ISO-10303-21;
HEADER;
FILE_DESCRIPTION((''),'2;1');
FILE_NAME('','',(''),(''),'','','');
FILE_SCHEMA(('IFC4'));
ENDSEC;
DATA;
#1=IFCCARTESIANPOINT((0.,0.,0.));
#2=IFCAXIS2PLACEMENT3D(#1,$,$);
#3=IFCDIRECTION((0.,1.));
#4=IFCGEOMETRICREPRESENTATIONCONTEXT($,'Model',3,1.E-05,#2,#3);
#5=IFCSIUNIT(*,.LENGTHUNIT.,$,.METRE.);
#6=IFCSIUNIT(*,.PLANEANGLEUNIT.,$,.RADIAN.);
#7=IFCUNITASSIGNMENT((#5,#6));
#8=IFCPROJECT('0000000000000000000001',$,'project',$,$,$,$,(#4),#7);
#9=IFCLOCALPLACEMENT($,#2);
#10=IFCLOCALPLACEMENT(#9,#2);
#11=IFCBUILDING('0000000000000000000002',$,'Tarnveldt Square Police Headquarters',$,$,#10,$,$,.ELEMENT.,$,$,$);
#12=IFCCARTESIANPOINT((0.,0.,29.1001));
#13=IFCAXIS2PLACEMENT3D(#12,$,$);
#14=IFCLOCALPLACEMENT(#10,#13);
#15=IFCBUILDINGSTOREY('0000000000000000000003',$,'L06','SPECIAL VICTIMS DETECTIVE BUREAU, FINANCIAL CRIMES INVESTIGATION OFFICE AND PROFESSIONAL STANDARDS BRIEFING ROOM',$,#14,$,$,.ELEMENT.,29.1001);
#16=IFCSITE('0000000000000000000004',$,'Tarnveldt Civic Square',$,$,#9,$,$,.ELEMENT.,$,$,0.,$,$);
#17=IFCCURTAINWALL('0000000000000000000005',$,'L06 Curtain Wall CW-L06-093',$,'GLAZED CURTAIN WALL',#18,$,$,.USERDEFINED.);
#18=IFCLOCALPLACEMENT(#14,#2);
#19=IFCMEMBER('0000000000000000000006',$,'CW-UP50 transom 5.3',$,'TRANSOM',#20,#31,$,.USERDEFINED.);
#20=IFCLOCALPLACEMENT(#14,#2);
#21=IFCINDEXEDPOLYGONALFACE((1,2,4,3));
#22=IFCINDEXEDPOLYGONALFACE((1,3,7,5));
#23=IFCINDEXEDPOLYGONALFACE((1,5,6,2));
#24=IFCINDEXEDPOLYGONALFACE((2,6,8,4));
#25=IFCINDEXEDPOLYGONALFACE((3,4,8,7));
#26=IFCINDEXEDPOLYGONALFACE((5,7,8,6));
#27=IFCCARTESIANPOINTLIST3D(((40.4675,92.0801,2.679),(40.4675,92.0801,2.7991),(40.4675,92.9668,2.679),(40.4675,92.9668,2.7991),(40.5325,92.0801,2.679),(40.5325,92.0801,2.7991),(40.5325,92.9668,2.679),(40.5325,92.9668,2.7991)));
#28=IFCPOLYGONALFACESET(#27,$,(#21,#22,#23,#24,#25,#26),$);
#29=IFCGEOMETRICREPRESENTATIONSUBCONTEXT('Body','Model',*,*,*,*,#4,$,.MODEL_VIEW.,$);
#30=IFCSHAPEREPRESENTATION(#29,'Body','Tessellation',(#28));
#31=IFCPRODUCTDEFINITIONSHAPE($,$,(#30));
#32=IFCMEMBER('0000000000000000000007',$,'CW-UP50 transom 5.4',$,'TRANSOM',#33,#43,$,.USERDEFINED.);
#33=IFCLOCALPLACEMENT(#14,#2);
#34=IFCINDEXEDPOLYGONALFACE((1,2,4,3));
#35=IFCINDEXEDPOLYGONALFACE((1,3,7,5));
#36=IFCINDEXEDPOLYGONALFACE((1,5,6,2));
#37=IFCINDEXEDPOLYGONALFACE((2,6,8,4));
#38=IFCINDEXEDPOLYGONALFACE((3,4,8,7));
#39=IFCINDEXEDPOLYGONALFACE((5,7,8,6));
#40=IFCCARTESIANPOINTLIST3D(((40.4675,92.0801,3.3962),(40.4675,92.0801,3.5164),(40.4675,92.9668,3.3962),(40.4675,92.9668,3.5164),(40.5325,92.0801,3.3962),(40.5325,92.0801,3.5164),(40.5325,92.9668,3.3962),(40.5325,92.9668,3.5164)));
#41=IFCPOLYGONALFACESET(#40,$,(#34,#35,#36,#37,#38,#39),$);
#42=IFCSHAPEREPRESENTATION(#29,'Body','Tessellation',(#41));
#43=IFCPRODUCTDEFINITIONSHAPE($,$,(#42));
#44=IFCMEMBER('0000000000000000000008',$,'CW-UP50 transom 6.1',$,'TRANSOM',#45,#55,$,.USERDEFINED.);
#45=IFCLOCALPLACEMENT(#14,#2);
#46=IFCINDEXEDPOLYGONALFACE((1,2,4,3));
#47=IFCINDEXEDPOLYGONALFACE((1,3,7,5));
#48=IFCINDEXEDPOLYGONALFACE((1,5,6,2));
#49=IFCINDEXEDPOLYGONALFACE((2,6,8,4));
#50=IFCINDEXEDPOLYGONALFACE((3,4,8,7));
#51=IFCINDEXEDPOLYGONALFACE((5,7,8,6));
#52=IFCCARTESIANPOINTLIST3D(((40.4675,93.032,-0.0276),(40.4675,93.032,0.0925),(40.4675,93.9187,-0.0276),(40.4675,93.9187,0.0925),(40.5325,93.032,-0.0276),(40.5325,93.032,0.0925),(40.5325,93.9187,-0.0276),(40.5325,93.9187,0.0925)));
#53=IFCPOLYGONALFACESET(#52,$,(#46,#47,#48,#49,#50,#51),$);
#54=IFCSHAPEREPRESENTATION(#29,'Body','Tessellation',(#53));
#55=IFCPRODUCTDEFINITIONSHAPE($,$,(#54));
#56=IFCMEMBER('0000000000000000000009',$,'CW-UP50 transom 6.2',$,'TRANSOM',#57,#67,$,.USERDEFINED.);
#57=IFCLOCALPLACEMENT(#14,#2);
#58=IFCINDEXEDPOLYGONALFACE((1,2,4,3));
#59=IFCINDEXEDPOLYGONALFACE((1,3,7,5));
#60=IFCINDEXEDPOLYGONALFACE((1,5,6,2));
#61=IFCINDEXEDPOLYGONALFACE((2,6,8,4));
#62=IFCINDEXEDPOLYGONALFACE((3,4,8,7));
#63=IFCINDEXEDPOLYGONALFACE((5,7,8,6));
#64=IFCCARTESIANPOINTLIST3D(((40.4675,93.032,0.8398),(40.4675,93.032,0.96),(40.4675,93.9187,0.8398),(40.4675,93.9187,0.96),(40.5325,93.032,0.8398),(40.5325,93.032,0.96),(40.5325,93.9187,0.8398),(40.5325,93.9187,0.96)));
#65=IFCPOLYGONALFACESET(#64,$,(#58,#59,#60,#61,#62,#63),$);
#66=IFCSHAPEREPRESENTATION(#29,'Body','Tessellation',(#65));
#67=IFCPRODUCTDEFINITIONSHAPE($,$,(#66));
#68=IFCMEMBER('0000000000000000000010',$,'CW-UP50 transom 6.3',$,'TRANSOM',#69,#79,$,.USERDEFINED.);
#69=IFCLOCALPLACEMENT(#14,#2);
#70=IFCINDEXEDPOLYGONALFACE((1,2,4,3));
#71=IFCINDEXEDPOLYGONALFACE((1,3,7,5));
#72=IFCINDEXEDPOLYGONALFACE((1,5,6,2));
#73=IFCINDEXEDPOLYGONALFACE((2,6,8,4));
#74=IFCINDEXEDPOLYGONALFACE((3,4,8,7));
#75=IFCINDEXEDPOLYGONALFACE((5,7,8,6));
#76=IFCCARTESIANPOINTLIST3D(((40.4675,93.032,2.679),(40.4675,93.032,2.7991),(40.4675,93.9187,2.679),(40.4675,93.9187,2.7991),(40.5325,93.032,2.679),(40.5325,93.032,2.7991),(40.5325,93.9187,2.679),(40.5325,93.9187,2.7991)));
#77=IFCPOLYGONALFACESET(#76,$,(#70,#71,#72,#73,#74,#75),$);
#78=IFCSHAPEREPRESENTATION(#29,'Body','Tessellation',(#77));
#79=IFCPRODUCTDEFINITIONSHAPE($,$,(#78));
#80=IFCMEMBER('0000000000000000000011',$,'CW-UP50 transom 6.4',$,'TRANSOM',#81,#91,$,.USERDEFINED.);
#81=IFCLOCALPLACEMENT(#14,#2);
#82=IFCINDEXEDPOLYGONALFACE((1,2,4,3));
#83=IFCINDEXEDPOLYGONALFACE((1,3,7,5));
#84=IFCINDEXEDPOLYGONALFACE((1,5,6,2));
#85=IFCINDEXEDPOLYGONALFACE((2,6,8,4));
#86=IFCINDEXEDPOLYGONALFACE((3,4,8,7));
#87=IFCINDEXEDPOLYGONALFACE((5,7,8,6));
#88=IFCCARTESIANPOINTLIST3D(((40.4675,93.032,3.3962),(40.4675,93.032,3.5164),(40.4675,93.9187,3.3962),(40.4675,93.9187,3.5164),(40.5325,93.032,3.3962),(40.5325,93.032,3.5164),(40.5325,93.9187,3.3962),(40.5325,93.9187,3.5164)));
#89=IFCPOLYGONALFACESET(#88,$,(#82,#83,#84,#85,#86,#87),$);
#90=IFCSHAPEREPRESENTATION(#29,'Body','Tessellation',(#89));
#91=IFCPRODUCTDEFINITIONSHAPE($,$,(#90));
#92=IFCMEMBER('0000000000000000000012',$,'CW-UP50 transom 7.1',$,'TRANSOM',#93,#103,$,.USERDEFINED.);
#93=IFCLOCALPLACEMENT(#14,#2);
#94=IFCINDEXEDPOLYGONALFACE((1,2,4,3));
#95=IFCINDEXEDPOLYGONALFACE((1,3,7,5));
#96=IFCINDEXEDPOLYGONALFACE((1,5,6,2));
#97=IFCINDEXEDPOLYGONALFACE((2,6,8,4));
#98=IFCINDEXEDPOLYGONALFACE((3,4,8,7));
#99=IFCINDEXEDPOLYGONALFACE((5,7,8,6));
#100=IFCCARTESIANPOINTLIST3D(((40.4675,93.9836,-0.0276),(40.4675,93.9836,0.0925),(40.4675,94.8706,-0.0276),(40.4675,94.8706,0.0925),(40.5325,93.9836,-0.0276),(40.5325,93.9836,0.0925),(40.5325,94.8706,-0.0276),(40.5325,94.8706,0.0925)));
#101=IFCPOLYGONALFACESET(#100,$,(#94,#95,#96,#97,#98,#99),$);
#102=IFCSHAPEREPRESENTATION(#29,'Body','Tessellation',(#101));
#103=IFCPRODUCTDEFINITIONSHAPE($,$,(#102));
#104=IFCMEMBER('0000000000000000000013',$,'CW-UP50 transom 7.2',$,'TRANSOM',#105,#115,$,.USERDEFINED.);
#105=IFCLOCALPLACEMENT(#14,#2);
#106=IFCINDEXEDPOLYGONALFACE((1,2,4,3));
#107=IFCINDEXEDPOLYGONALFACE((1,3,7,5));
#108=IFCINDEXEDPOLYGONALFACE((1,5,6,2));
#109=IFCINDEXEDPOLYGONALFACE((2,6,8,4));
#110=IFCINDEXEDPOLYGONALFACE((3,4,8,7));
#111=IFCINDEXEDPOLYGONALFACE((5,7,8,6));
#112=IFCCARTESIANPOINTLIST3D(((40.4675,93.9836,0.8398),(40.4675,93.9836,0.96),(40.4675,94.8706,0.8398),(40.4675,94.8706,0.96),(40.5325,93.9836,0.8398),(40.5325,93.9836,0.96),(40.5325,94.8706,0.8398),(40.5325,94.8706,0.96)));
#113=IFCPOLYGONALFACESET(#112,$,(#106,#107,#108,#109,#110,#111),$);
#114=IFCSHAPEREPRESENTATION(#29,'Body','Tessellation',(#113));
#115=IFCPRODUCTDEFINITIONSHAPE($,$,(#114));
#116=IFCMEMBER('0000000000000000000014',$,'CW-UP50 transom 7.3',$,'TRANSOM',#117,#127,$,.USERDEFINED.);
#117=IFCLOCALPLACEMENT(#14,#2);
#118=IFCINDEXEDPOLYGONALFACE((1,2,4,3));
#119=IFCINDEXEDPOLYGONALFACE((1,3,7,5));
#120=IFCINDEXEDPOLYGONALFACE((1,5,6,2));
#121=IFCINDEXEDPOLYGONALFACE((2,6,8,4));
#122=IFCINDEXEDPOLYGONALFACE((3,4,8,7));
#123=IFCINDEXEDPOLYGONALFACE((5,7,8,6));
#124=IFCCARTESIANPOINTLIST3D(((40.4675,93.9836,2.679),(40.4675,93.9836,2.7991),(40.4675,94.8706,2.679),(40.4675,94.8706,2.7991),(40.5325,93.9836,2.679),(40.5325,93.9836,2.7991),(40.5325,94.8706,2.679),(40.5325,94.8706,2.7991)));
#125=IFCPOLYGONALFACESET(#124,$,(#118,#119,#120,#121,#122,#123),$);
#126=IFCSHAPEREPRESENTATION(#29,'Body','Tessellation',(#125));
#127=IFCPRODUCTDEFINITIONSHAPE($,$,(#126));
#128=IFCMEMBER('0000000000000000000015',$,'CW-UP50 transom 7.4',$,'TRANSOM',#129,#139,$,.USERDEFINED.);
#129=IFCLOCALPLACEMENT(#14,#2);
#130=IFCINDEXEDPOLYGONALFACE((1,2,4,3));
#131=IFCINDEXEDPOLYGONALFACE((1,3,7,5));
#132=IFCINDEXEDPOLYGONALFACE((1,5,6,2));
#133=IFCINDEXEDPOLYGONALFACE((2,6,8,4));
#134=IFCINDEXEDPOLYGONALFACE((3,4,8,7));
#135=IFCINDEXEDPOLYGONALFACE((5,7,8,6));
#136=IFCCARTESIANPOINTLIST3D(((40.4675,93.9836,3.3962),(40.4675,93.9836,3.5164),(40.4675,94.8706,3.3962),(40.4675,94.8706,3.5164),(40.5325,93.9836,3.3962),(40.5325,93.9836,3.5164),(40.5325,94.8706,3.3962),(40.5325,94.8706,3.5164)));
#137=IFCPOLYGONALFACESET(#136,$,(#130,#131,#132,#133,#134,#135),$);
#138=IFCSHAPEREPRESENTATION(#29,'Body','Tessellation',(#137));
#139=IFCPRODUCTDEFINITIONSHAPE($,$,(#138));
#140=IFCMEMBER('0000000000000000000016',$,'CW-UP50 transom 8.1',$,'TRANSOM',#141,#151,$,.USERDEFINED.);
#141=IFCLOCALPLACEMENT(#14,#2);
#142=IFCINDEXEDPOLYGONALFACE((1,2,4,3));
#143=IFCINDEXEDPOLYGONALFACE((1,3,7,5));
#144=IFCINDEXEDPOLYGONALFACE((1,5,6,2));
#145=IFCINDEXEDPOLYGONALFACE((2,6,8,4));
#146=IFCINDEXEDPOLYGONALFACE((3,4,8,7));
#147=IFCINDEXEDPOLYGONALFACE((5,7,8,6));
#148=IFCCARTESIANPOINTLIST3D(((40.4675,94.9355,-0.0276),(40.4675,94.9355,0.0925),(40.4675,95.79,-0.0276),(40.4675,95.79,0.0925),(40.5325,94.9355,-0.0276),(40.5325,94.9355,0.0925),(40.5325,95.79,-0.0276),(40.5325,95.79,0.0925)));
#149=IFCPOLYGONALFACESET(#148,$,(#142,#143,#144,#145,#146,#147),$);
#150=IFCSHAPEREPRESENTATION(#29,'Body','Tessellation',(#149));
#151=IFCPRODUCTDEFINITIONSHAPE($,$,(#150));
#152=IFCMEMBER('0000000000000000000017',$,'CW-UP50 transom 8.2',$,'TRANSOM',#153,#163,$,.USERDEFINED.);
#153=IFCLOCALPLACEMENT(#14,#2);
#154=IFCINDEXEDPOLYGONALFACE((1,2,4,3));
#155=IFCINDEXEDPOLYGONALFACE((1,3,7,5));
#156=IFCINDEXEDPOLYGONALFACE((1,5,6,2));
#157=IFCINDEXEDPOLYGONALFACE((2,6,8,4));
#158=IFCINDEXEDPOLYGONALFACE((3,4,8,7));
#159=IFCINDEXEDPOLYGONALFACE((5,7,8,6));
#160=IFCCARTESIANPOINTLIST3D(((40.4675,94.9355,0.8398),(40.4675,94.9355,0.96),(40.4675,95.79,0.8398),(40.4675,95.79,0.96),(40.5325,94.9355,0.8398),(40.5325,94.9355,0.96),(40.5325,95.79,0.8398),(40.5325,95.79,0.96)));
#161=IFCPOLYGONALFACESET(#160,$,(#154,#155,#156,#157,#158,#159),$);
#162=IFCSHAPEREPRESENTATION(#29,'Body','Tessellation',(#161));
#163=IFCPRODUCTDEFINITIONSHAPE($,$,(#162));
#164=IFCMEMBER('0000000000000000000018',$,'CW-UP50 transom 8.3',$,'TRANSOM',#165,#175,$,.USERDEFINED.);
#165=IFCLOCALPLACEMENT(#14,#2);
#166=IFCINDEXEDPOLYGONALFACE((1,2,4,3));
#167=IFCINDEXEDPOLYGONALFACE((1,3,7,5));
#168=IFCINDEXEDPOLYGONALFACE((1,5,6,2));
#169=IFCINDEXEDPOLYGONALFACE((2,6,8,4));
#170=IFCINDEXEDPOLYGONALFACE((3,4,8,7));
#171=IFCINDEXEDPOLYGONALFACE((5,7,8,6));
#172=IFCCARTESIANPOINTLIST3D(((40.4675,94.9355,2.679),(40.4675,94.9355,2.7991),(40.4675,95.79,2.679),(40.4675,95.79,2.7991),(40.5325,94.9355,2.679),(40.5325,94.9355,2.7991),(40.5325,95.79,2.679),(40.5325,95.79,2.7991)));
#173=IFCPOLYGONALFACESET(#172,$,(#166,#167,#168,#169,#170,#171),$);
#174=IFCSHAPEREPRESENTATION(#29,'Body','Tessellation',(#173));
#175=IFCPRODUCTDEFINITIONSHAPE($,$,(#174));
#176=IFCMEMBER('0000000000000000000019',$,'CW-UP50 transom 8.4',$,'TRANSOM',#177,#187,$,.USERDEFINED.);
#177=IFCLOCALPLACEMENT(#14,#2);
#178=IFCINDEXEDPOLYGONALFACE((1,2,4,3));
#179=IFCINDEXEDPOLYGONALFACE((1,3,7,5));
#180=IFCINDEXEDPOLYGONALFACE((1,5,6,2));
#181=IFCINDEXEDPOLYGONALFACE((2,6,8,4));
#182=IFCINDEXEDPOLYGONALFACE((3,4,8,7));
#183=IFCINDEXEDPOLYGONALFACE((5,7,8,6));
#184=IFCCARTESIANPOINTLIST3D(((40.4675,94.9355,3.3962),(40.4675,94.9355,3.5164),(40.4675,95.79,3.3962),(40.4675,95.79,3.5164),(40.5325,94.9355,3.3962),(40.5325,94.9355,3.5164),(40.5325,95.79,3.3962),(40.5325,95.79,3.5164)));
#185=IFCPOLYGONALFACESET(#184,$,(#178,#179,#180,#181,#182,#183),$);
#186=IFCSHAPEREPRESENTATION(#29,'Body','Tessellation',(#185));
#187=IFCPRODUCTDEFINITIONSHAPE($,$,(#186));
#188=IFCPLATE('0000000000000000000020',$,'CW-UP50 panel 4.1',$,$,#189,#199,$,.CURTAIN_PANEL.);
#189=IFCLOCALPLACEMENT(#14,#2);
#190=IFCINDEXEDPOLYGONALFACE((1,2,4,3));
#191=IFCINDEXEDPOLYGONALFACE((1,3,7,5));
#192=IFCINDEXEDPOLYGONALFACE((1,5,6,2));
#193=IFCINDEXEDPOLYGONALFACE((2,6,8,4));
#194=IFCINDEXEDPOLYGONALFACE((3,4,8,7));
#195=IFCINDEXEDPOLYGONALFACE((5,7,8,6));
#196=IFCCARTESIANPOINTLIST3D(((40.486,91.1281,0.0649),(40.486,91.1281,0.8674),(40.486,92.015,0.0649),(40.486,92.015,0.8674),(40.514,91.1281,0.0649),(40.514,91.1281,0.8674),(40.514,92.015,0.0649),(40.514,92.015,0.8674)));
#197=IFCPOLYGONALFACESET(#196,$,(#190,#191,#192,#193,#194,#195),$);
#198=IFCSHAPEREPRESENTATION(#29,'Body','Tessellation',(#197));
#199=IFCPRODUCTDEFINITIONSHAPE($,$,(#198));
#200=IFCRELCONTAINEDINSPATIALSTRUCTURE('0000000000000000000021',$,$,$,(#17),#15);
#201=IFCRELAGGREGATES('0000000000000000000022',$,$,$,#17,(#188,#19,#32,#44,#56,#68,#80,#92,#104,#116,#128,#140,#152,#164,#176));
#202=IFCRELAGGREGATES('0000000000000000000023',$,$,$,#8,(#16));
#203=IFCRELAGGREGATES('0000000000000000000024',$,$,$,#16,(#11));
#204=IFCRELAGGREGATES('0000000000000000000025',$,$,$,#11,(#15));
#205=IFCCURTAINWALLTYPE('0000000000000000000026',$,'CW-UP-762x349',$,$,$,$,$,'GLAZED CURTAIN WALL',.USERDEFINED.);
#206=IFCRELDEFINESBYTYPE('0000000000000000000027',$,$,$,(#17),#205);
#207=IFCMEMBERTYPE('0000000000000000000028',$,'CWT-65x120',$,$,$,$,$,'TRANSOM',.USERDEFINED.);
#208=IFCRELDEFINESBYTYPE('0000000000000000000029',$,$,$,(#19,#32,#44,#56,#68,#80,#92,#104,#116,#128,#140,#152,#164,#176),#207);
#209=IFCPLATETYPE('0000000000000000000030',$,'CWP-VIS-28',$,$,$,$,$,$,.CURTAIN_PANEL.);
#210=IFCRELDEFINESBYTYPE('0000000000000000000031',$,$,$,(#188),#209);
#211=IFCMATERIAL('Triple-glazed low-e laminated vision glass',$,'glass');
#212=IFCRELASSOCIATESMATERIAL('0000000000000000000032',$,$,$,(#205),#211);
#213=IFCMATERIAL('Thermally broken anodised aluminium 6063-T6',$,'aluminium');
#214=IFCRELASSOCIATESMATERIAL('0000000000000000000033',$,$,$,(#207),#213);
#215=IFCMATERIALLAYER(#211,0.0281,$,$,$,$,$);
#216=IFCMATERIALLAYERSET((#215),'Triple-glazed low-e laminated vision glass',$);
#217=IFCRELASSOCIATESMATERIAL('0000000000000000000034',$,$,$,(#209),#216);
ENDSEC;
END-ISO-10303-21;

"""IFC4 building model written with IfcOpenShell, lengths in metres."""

from ifc_helpers import new_model, si_unit, direction, frame, origin, origin_2d, place, context, subcontext, project, spatial, rectangle, extrude, material, layer, layer_set, material_profile, profile_set, type_object, element, aggregate, save


model = new_model("IFC4")

# Units and contexts
model_context = context("Model", 3, precision=1e-05, world=origin(), true_north=direction((0.0, 1.0)))
body_context = subcontext(model_context, "Body", "Model", "MODEL_VIEW")
ifc_project = project(units=[si_unit("LENGTHUNIT", "METRE"), si_unit("PLANEANGLEUNIT", "RADIAN")], contexts=[model_context])

# Site, building, storey
site_placement = place(None, origin())
site = spatial("IfcSite", under=ifc_project, at=site_placement, Name="Tarnveldt Civic Square", CompositionType="ELEMENT", RefElevation=0.0)
building_placement = place(site_placement, origin())
building = spatial("IfcBuilding", under=site, at=building_placement, Name="Tarnveldt Square Police Headquarters", CompositionType="ELEMENT")
storey_placement = place(building_placement, frame((0.0, 0.0, 29.1001)))
storey = spatial("IfcBuildingStorey", under=building, at=storey_placement, Name="L06", Description="SPECIAL VICTIMS DETECTIVE BUREAU, FINANCIAL CRIMES INVESTIGATION OFFICE AND PROFESSIONAL STANDARDS BRIEFING ROOM", CompositionType="ELEMENT", Elevation=29.1001)

# Curtain wall, members, plate
ifc_material_1 = material(Name="Triple-glazed low-e laminated vision glass", Category="glass")
curtain_wall_type = type_object("IfcCurtainWallType", Name="CW-UP-762x349", ElementType="GLAZED CURTAIN WALL", PredefinedType="USERDEFINED", material=ifc_material_1)
curtain_wall_placement = place(storey_placement, origin())
curtain_wall = element("IfcCurtainWall", 1, at=curtain_wall_placement, inside=storey, type_object=curtain_wall_type, Name="L06 Curtain Wall CW-L06-093", ObjectType="GLAZED CURTAIN WALL", PredefinedType="USERDEFINED")
ifc_material_2 = material(Name="Thermally broken anodised aluminium 6063-T6", Category="aluminium")
ifc_material_profile_1 = material_profile(ifc_material_2, rectangle(XDim=0.0649, YDim=0.1201, at=origin_2d()), Name="CW-T65x120")
ifc_profile_set_1 = profile_set([ifc_material_profile_1], Name="Thermally broken anodised aluminium 6063-T6")
member_type_1 = type_object("IfcMemberType", Name="CWT-65x120", ElementType="TRANSOM", PredefinedType="USERDEFINED", material=ifc_profile_set_1)
member_1_placement = place(storey_placement, frame((40.5, 92.0801, 2.739), z_axis=(0.0, 1.0, 0.0), x_axis=(-1.0, 0.0, 0.0)))
member_1 = element("IfcMember", 2, at=member_1_placement, type_object=member_type_1, Name="CW-UP50 transom 5.3", ObjectType="TRANSOM", PredefinedType="USERDEFINED", context=body_context, shape_type="SweptSolid", body=[
    extrude(rectangle(XDim=0.0649, YDim=0.1201, at=origin_2d()), origin(), (0.0, 0.0, 1.0), 0.8867),
])
member_2_placement = place(storey_placement, frame((40.5, 92.0801, 3.4563), z_axis=(0.0, 1.0, 0.0), x_axis=(-1.0, 0.0, 0.0)))
member_2 = element("IfcMember", 3, at=member_2_placement, type_object=member_type_1, Name="CW-UP50 transom 5.4", ObjectType="TRANSOM", PredefinedType="USERDEFINED", context=body_context, shape_type="SweptSolid", body=[
    extrude(rectangle(XDim=0.0649, YDim=0.1201, at=origin_2d()), origin(), (0.0, 0.0, 1.0), 0.8867),
])
member_3_placement = place(storey_placement, frame((40.5, 93.032, 0.0325), z_axis=(0.0, 1.0, 0.0), x_axis=(-1.0, 0.0, 0.0)))
member_3 = element("IfcMember", 4, at=member_3_placement, type_object=member_type_1, Name="CW-UP50 transom 6.1", ObjectType="TRANSOM", PredefinedType="USERDEFINED", context=body_context, shape_type="SweptSolid", body=[
    extrude(rectangle(XDim=0.0649, YDim=0.1201, at=origin_2d()), origin(), (0.0, 0.0, 1.0), 0.8867),
])
member_4_placement = place(storey_placement, frame((40.5, 93.032, 0.8999), z_axis=(0.0, 1.0, 0.0), x_axis=(-1.0, 0.0, 0.0)))
member_4 = element("IfcMember", 5, at=member_4_placement, type_object=member_type_1, Name="CW-UP50 transom 6.2", ObjectType="TRANSOM", PredefinedType="USERDEFINED", context=body_context, shape_type="SweptSolid", body=[
    extrude(rectangle(XDim=0.0649, YDim=0.1201, at=origin_2d()), origin(), (0.0, 0.0, 1.0), 0.8867),
])
member_5_placement = place(storey_placement, frame((40.5, 93.032, 2.739), z_axis=(0.0, 1.0, 0.0), x_axis=(-1.0, 0.0, 0.0)))
member_5 = element("IfcMember", 6, at=member_5_placement, type_object=member_type_1, Name="CW-UP50 transom 6.3", ObjectType="TRANSOM", PredefinedType="USERDEFINED", context=body_context, shape_type="SweptSolid", body=[
    extrude(rectangle(XDim=0.0649, YDim=0.1201, at=origin_2d()), origin(), (0.0, 0.0, 1.0), 0.8867),
])
member_6_placement = place(storey_placement, frame((40.5, 93.032, 3.4563), z_axis=(0.0, 1.0, 0.0), x_axis=(-1.0, 0.0, 0.0)))
member_6 = element("IfcMember", 7, at=member_6_placement, type_object=member_type_1, Name="CW-UP50 transom 6.4", ObjectType="TRANSOM", PredefinedType="USERDEFINED", context=body_context, shape_type="SweptSolid", body=[
    extrude(rectangle(XDim=0.0649, YDim=0.1201, at=origin_2d()), origin(), (0.0, 0.0, 1.0), 0.8867),
])
member_7_placement = place(storey_placement, frame((40.5, 93.9836, 0.0325), z_axis=(0.0, 1.0, 0.0), x_axis=(-1.0, 0.0, 0.0)))
member_7 = element("IfcMember", 8, at=member_7_placement, type_object=member_type_1, Name="CW-UP50 transom 7.1", ObjectType="TRANSOM", PredefinedType="USERDEFINED", context=body_context, shape_type="SweptSolid", body=[
    extrude(rectangle(XDim=0.0649, YDim=0.1201, at=origin_2d()), origin(), (0.0, 0.0, 1.0), 0.887),
])
member_8_placement = place(storey_placement, frame((40.5, 93.9836, 0.8999), z_axis=(0.0, 1.0, 0.0), x_axis=(-1.0, 0.0, 0.0)))
member_8 = element("IfcMember", 9, at=member_8_placement, type_object=member_type_1, Name="CW-UP50 transom 7.2", ObjectType="TRANSOM", PredefinedType="USERDEFINED", context=body_context, shape_type="SweptSolid", body=[
    extrude(rectangle(XDim=0.0649, YDim=0.1201, at=origin_2d()), origin(), (0.0, 0.0, 1.0), 0.887),
])
member_9_placement = place(storey_placement, frame((40.5, 93.9836, 2.739), z_axis=(0.0, 1.0, 0.0), x_axis=(-1.0, 0.0, 0.0)))
member_9 = element("IfcMember", 10, at=member_9_placement, type_object=member_type_1, Name="CW-UP50 transom 7.3", ObjectType="TRANSOM", PredefinedType="USERDEFINED", context=body_context, shape_type="SweptSolid", body=[
    extrude(rectangle(XDim=0.0649, YDim=0.1201, at=origin_2d()), origin(), (0.0, 0.0, 1.0), 0.887),
])
member_10_placement = place(storey_placement, frame((40.5, 93.9836, 3.4563), z_axis=(0.0, 1.0, 0.0), x_axis=(-1.0, 0.0, 0.0)))
member_10 = element("IfcMember", 11, at=member_10_placement, type_object=member_type_1, Name="CW-UP50 transom 7.4", ObjectType="TRANSOM", PredefinedType="USERDEFINED", context=body_context, shape_type="SweptSolid", body=[
    extrude(rectangle(XDim=0.0649, YDim=0.1201, at=origin_2d()), origin(), (0.0, 0.0, 1.0), 0.887),
])
member_11_placement = place(storey_placement, frame((40.5, 94.9355, 0.0325), z_axis=(0.0, 1.0, 0.0), x_axis=(-1.0, 0.0, 0.0)))
member_11 = element("IfcMember", 12, at=member_11_placement, type_object=member_type_1, Name="CW-UP50 transom 8.1", ObjectType="TRANSOM", PredefinedType="USERDEFINED", context=body_context, shape_type="SweptSolid", body=[
    extrude(rectangle(XDim=0.0649, YDim=0.1201, at=origin_2d()), origin(), (0.0, 0.0, 1.0), 0.8545),
])
member_12_placement = place(storey_placement, frame((40.5, 94.9355, 0.8999), z_axis=(0.0, 1.0, 0.0), x_axis=(-1.0, 0.0, 0.0)))
member_12 = element("IfcMember", 13, at=member_12_placement, type_object=member_type_1, Name="CW-UP50 transom 8.2", ObjectType="TRANSOM", PredefinedType="USERDEFINED", context=body_context, shape_type="SweptSolid", body=[
    extrude(rectangle(XDim=0.0649, YDim=0.1201, at=origin_2d()), origin(), (0.0, 0.0, 1.0), 0.8545),
])
member_13_placement = place(storey_placement, frame((40.5, 94.9355, 2.739), z_axis=(0.0, 1.0, 0.0), x_axis=(-1.0, 0.0, 0.0)))
member_13 = element("IfcMember", 14, at=member_13_placement, type_object=member_type_1, Name="CW-UP50 transom 8.3", ObjectType="TRANSOM", PredefinedType="USERDEFINED", context=body_context, shape_type="SweptSolid", body=[
    extrude(rectangle(XDim=0.0649, YDim=0.1201, at=origin_2d()), origin(), (0.0, 0.0, 1.0), 0.8545),
])
member_14_placement = place(storey_placement, frame((40.5, 94.9355, 3.4563), z_axis=(0.0, 1.0, 0.0), x_axis=(-1.0, 0.0, 0.0)))
member_14 = element("IfcMember", 15, at=member_14_placement, type_object=member_type_1, Name="CW-UP50 transom 8.4", ObjectType="TRANSOM", PredefinedType="USERDEFINED", context=body_context, shape_type="SweptSolid", body=[
    extrude(rectangle(XDim=0.0649, YDim=0.1201, at=origin_2d()), origin(), (0.0, 0.0, 1.0), 0.8545),
])
ifc_layer = layer(ifc_material_1, 0.0281)
ifc_layer_set = layer_set([ifc_layer], Name="Triple-glazed low-e laminated vision glass")
plate_type = type_object("IfcPlateType", Name="CWP-VIS-28", PredefinedType="CURTAIN_PANEL", material=ifc_layer_set)
plate_1_placement = place(storey_placement, frame((40.5, 91.5715, 0.0649), z_axis=(0.0, 0.0, 1.0), x_axis=(0.0, 1.0, 0.0)))
plate_1 = element("IfcPlate", 16, at=plate_1_placement, type_object=plate_type, Name="CW-UP50 panel 4.1", PredefinedType="CURTAIN_PANEL", context=body_context, shape_type="SweptSolid", body=[
    extrude(rectangle(XDim=0.887, YDim=0.0281, at=origin_2d()), origin(), (0.0, 0.0, 1.0), 0.8025),
])
aggregate(curtain_wall, [plate_1, member_1, member_2, member_3, member_4, member_5, member_6, member_7, member_8, member_9, member_10, member_11, member_12, member_13, member_14])

save(model, "model.ifc")
